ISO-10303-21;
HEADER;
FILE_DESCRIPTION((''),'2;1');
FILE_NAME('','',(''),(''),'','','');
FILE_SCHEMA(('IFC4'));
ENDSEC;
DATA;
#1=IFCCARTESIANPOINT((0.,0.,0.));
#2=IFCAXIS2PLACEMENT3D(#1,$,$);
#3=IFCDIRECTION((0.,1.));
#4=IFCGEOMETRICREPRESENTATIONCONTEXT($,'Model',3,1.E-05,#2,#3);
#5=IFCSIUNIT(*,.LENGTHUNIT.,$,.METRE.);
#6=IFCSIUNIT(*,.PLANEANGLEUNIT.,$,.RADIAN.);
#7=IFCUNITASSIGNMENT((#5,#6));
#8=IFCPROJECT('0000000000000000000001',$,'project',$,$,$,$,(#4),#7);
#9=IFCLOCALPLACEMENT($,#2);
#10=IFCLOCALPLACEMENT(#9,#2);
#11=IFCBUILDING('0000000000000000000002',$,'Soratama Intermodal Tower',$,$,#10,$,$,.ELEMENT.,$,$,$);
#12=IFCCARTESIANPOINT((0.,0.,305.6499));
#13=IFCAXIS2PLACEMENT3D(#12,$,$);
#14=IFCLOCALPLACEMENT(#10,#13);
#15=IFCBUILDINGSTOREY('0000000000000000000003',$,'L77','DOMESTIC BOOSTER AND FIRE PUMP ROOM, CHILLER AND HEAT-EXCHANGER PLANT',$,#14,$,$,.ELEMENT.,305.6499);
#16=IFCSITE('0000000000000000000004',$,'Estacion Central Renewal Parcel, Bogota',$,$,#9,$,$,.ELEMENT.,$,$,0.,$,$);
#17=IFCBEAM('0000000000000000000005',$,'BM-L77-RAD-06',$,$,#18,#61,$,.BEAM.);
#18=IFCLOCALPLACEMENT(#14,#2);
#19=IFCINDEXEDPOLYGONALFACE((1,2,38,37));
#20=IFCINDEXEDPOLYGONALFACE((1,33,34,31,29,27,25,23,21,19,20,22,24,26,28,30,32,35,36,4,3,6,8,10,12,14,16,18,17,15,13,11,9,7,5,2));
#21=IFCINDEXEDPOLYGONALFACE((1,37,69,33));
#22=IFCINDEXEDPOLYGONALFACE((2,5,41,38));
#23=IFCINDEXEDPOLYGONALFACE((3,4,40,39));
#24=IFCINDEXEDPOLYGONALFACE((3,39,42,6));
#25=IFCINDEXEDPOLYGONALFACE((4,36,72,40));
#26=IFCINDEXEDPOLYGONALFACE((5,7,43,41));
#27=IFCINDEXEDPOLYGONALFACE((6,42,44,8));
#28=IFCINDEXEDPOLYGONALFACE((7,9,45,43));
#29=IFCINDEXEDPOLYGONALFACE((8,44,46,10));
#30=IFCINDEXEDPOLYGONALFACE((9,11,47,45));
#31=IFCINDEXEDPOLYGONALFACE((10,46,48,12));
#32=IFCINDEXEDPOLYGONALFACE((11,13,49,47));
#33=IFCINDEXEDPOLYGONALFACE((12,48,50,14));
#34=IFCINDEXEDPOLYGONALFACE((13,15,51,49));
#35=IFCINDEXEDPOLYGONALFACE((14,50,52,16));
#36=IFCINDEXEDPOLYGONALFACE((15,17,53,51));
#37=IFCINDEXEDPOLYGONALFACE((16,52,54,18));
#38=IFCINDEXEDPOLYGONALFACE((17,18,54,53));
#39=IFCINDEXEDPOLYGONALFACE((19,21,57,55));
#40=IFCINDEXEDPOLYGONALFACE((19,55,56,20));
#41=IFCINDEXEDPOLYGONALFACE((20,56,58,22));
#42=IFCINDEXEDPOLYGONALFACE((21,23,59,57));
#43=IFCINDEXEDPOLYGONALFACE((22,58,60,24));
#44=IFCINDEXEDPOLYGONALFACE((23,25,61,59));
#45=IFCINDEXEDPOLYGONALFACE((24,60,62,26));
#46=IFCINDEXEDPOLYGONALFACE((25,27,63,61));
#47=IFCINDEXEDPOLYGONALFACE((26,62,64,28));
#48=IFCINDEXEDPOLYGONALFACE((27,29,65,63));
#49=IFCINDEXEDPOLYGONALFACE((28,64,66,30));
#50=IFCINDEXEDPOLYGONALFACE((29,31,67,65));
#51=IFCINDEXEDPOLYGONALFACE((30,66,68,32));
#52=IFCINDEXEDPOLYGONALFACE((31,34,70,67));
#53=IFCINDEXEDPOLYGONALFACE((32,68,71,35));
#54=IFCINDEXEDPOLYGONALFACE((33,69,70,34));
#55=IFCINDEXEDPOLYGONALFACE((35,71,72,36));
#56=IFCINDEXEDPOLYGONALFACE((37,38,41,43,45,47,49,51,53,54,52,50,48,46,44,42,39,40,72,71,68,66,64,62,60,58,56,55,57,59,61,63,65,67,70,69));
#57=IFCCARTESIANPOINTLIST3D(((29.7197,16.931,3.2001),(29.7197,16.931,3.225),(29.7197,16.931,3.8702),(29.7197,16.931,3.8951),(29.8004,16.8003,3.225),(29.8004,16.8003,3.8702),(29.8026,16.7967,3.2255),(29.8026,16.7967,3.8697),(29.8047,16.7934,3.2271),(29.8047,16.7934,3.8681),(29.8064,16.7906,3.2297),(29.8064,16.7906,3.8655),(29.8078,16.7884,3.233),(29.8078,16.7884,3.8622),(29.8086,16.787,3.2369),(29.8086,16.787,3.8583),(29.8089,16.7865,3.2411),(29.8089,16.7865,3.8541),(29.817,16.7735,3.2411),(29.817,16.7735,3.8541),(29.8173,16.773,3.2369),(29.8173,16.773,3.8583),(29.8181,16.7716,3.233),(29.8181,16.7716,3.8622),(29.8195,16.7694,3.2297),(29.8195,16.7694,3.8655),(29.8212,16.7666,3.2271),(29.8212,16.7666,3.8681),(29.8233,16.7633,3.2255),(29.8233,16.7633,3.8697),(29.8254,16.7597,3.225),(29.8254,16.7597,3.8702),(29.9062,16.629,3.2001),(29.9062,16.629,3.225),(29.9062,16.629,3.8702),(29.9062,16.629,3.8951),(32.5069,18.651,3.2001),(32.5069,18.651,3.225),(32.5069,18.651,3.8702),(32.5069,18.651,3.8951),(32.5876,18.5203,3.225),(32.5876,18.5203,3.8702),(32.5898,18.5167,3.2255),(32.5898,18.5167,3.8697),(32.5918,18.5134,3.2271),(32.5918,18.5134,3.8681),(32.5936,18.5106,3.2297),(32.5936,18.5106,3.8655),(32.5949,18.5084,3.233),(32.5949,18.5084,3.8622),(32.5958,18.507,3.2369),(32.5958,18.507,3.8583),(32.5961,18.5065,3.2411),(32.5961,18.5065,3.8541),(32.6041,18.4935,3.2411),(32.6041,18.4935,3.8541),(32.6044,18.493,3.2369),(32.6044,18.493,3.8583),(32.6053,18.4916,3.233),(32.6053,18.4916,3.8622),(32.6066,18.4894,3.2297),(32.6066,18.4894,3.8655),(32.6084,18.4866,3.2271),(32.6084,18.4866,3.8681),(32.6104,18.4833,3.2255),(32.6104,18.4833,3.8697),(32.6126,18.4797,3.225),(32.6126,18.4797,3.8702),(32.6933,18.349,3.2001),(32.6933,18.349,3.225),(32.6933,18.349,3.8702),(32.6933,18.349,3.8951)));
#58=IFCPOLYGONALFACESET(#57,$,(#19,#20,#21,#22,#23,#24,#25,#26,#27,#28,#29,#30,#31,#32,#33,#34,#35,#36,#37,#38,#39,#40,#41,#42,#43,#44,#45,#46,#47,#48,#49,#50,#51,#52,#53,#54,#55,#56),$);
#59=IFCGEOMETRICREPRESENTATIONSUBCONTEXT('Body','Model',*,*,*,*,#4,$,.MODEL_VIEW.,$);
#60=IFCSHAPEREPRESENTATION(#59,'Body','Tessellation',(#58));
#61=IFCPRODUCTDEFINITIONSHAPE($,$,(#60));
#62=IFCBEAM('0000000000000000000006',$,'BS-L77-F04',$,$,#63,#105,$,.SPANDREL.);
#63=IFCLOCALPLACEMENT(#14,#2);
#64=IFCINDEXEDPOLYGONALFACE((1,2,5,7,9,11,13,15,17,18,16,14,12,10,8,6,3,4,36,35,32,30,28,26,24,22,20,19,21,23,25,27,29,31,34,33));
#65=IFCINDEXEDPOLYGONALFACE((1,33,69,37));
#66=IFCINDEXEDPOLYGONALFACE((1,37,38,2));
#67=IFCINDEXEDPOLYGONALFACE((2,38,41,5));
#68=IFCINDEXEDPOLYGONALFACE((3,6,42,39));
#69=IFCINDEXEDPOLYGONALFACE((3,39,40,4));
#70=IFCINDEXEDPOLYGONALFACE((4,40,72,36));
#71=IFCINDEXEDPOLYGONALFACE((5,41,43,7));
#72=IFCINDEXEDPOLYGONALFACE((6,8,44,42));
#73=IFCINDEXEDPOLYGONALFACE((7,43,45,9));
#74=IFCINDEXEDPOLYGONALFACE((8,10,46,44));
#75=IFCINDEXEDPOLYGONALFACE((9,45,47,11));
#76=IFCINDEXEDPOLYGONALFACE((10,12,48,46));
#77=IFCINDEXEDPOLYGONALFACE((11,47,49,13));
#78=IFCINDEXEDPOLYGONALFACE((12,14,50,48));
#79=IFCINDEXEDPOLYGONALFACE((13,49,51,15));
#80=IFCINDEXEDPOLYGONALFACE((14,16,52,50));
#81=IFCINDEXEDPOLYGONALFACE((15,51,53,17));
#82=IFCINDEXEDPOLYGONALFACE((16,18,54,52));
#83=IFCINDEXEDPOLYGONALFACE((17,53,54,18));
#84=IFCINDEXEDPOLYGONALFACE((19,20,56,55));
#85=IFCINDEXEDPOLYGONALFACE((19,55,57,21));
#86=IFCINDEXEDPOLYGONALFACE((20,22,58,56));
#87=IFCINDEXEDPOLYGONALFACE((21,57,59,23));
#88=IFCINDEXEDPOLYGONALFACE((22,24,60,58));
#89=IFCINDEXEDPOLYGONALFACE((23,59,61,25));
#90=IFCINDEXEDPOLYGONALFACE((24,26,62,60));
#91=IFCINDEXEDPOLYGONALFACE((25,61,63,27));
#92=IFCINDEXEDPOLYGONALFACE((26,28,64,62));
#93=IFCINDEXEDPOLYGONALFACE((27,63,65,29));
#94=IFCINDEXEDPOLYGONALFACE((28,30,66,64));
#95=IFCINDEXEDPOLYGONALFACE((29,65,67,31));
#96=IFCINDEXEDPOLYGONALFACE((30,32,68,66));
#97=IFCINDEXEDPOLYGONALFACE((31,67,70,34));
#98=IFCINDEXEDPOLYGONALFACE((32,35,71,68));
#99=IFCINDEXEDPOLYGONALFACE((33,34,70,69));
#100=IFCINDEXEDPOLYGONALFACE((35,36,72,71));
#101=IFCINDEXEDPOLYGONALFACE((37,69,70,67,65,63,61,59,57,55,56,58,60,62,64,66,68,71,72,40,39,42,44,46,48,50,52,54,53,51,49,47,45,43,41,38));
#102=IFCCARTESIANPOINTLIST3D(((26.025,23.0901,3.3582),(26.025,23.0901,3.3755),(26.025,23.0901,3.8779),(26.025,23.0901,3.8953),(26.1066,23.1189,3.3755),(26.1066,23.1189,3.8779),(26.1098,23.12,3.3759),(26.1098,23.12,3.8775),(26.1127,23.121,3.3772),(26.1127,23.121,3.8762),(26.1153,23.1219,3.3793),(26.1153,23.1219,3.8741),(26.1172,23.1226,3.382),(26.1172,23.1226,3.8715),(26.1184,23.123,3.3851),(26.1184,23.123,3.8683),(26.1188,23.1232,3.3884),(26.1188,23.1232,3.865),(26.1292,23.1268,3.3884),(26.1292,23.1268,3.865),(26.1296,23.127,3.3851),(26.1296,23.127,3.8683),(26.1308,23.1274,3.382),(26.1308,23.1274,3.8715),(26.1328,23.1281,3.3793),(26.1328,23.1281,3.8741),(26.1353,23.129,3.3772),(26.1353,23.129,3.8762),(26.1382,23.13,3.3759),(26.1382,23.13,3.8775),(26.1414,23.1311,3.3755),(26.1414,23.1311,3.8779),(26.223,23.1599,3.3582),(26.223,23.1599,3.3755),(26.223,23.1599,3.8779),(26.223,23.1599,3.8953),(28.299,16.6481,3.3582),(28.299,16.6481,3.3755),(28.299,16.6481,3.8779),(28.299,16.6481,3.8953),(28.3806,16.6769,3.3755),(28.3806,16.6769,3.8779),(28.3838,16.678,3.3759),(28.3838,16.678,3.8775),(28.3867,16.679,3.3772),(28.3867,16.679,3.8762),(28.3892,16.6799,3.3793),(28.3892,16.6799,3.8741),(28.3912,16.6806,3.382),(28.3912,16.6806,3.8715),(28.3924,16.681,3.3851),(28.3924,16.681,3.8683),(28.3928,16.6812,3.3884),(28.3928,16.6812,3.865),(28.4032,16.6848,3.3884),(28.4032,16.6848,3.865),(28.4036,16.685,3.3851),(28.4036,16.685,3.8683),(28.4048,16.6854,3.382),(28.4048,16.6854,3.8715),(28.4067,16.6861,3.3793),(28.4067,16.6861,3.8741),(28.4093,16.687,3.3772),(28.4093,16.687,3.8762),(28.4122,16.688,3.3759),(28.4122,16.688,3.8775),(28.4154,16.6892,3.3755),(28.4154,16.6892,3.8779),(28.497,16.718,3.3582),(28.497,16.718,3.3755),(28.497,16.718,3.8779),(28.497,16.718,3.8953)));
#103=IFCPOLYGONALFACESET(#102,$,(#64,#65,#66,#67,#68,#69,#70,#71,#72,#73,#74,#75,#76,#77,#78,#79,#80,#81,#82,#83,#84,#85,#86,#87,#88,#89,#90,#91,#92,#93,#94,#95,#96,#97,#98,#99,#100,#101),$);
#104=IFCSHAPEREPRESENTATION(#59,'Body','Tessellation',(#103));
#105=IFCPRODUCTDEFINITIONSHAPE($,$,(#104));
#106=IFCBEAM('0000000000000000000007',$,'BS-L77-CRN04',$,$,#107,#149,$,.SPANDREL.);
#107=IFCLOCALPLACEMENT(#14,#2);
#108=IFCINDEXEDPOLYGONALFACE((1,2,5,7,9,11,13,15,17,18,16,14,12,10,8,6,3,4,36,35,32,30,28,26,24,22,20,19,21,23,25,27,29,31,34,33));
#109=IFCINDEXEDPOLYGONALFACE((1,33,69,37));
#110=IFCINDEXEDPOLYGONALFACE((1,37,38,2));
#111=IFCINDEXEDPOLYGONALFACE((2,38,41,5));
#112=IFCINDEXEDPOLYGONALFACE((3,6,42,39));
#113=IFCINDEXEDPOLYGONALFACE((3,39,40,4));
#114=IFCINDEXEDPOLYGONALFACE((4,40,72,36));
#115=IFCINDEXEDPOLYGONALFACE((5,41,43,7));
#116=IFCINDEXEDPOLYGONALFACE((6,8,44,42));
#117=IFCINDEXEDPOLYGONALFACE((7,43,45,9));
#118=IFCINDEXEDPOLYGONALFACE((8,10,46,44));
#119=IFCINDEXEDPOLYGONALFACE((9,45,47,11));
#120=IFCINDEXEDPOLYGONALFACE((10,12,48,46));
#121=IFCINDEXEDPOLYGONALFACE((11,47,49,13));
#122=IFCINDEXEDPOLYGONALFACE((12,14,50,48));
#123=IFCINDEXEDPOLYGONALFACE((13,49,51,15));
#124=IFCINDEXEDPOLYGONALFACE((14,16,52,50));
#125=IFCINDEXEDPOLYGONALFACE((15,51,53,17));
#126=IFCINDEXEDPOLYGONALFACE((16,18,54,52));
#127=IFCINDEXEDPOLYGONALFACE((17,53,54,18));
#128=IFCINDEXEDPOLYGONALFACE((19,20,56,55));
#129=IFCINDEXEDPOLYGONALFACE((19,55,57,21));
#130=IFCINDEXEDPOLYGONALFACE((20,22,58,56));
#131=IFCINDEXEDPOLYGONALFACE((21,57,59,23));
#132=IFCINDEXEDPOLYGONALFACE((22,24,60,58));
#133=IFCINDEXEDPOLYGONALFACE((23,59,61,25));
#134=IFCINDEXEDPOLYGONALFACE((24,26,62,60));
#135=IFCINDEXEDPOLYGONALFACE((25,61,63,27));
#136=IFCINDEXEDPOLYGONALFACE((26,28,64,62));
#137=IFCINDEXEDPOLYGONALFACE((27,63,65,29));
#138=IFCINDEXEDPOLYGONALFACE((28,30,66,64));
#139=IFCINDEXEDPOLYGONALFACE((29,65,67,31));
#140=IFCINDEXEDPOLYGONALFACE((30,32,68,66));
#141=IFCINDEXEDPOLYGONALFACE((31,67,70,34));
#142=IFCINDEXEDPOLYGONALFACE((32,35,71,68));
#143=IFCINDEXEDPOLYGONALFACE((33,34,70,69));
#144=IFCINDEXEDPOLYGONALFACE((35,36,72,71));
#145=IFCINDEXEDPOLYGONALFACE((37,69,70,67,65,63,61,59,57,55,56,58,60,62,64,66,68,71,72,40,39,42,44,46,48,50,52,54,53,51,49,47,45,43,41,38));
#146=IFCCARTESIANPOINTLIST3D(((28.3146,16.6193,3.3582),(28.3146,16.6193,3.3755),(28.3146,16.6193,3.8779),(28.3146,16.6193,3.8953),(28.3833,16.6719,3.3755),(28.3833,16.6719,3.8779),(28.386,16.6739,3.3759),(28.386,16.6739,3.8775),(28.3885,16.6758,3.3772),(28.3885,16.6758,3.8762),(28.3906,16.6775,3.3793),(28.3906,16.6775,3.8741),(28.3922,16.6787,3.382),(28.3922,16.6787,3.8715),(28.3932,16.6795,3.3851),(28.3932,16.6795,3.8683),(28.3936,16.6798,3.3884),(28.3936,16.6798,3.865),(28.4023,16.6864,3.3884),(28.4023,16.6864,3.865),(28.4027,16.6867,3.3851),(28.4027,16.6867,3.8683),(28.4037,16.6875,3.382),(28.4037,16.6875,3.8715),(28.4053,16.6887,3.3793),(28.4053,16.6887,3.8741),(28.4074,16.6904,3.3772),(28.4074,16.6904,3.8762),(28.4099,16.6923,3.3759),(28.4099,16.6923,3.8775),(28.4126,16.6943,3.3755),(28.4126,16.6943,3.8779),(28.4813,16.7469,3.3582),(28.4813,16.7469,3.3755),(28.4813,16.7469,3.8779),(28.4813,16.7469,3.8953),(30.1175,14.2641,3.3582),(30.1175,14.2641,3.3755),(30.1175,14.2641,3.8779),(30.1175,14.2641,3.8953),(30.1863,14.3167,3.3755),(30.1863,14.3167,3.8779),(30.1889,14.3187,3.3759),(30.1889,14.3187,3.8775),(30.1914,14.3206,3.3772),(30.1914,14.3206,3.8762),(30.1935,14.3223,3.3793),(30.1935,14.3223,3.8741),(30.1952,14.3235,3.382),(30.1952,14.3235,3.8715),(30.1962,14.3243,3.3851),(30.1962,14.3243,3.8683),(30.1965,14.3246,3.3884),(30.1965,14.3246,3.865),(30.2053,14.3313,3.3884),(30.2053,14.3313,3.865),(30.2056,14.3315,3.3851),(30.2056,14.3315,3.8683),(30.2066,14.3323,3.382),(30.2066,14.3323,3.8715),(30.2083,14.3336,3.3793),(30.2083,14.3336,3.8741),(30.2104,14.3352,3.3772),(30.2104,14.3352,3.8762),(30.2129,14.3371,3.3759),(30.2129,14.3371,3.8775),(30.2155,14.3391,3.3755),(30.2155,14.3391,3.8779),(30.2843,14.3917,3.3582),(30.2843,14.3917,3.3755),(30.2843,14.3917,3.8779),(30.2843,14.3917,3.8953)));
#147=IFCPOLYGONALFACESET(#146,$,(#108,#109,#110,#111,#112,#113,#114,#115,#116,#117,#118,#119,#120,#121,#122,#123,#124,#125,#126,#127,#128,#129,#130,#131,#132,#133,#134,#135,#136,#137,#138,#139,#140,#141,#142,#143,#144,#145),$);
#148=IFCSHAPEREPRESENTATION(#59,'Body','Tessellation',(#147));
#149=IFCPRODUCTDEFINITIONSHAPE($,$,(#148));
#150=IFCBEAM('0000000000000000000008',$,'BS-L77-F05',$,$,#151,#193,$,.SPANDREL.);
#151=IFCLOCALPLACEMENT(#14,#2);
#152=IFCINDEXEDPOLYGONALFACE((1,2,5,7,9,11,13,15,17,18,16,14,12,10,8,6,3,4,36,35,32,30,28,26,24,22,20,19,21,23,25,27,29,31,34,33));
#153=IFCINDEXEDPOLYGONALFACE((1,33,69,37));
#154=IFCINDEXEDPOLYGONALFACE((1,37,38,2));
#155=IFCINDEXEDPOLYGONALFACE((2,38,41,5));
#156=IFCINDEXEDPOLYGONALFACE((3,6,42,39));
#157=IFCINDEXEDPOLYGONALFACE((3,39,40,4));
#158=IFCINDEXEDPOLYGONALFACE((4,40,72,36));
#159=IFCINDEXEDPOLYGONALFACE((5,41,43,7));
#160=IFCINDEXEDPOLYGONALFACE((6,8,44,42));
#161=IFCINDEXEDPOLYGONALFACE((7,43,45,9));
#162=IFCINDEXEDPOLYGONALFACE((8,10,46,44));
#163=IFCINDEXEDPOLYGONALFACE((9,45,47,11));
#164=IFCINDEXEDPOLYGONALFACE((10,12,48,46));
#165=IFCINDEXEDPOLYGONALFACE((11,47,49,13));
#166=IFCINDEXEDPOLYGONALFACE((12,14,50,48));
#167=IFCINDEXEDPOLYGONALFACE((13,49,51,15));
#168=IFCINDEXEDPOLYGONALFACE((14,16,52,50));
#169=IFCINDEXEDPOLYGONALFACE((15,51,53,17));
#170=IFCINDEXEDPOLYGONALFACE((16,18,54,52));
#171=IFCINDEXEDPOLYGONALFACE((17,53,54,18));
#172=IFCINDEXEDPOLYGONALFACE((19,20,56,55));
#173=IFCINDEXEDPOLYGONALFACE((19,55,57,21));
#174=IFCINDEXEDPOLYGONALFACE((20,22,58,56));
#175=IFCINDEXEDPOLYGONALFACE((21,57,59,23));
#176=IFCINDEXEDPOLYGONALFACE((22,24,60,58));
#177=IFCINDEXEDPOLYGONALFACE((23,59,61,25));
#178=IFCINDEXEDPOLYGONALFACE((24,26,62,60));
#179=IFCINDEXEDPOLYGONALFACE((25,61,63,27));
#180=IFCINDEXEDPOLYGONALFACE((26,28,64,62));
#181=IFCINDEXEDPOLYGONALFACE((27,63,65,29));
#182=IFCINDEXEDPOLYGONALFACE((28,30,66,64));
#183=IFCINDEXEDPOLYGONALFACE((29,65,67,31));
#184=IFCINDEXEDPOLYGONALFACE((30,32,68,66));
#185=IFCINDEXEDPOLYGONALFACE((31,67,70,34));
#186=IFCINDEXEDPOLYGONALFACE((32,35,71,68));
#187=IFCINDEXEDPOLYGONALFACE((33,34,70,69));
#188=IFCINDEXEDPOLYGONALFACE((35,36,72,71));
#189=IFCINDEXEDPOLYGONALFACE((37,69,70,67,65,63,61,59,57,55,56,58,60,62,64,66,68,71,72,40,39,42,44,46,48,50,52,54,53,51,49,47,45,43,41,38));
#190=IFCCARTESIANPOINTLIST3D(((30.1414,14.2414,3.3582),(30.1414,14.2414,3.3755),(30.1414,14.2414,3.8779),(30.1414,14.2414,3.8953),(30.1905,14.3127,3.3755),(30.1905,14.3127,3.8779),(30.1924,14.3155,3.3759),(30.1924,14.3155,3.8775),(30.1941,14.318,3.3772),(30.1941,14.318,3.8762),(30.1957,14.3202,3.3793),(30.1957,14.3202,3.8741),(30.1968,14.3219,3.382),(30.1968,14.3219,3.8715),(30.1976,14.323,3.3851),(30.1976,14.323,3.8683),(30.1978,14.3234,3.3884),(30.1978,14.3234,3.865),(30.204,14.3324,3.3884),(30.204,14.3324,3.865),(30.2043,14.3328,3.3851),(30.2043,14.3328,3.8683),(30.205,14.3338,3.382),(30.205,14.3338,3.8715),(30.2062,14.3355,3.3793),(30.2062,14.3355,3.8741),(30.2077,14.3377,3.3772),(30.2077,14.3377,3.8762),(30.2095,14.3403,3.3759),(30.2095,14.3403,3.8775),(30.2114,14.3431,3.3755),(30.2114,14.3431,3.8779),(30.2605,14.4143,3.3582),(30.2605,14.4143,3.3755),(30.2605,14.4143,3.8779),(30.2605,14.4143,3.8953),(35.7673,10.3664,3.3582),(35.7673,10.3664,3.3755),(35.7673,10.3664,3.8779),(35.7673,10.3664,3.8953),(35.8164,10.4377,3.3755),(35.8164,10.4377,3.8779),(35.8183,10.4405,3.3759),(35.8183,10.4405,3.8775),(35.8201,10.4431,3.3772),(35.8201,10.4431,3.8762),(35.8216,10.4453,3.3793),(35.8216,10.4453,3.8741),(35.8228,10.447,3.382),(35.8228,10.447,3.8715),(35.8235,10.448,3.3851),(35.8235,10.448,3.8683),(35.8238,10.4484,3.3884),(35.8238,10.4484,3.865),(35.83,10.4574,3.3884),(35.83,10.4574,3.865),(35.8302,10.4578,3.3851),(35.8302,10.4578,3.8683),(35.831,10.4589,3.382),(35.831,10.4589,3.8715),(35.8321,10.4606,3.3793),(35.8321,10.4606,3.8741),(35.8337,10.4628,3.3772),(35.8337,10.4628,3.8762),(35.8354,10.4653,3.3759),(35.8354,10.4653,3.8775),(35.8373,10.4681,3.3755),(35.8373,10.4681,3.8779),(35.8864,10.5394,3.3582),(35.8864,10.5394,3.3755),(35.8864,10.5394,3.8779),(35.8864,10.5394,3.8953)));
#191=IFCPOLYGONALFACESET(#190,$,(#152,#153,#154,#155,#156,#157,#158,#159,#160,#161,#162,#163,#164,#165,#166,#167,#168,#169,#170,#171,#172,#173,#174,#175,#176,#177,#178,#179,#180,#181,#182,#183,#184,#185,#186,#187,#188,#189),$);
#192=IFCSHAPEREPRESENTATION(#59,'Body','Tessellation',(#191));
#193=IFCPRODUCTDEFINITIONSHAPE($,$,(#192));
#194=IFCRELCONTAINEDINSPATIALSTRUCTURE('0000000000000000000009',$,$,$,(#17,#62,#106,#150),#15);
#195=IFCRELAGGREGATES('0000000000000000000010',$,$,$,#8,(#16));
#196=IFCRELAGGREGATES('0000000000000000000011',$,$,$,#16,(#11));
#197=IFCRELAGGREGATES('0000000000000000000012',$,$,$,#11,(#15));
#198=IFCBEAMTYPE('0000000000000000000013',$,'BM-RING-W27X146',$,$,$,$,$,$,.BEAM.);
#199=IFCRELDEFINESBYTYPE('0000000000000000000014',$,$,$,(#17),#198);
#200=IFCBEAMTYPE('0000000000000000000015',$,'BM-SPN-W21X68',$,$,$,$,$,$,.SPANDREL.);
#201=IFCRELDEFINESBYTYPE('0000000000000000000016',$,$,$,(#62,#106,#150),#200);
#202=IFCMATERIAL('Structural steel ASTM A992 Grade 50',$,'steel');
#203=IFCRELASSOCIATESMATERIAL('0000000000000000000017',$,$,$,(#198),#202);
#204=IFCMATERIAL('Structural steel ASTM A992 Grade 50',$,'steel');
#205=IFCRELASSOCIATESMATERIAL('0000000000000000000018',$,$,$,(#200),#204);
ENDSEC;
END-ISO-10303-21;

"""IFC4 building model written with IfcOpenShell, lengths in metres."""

from ifc_helpers import new_model, si_unit, direction, frame, origin, origin_2d, place, context, subcontext, project, spatial, i_section, extrude, material, material_profile, profile_set, type_object, element, save


model = new_model("IFC4")

# Units and contexts
model_context = context("Model", 3, precision=1e-05, world=origin(), true_north=direction((0.0, 1.0)))
body_context = subcontext(model_context, "Body", "Model", "MODEL_VIEW")
ifc_project = project(units=[si_unit("LENGTHUNIT", "METRE"), si_unit("PLANEANGLEUNIT", "RADIAN")], contexts=[model_context])

# Site, building, storey
site_placement = place(None, origin())
site = spatial("IfcSite", under=ifc_project, at=site_placement, Name="Estacion Central Renewal Parcel, Bogota", CompositionType="ELEMENT", RefElevation=0.0)
building_placement = place(site_placement, origin())
building = spatial("IfcBuilding", under=site, at=building_placement, Name="Soratama Intermodal Tower", CompositionType="ELEMENT")
storey_placement = place(building_placement, frame((0.0, 0.0, 305.6499)))
storey = spatial("IfcBuildingStorey", under=building, at=storey_placement, Name="L77", Description="DOMESTIC BOOSTER AND FIRE PUMP ROOM, CHILLER AND HEAT-EXCHANGER PLANT", CompositionType="ELEMENT", Elevation=305.6499)

# Beams
ifc_material_1 = material(Name="Structural steel ASTM A992 Grade 50", Category="steel")
ifc_material_profile_1 = material_profile(ifc_material_1, i_section(OverallWidth=0.355, OverallDepth=0.6951, WebThickness=0.0154, FlangeThickness=0.0249, FilletRadius=0.0161, at=origin_2d()), Name="W27X146")
ifc_profile_set_1 = profile_set([ifc_material_profile_1], Name="Structural steel ASTM A992 Grade 50")
beam_type_1 = type_object("IfcBeamType", Name="BM-RING-W27X146", PredefinedType="BEAM", material=ifc_profile_set_1)
beam_1_placement = place(storey_placement, frame((32.6001, 18.5, 3.5476), z_axis=(-0.851, -0.525166, 0.0), x_axis=(0.525166, -0.851, 0.0)))
element("IfcBeam", 1, at=beam_1_placement, inside=storey, type_object=beam_type_1, Name="BM-L77-RAD-06", PredefinedType="BEAM", context=body_context, shape_type="SweptSolid", body=[
    extrude(i_section(OverallWidth=0.355, OverallDepth=0.6951, WebThickness=0.0154, FlangeThickness=0.0249, FilletRadius=0.0161, at=origin_2d()), origin(), (0.0, 0.0, 1.0), 3.2751),
])
ifc_material_2 = material(Name="Structural steel ASTM A992 Grade 50", Category="steel")
ifc_material_profile_2 = material_profile(ifc_material_2, i_section(OverallWidth=0.21, OverallDepth=0.5371, WebThickness=0.011, FlangeThickness=0.0173, FilletRadius=0.0129, at=origin_2d()), Name="W21X68")
ifc_profile_set_2 = profile_set([ifc_material_profile_2], Name="Structural steel ASTM A992 Grade 50")
beam_type_2 = type_object("IfcBeamType", Name="BM-SPN-W21X68", PredefinedType="SPANDREL", material=ifc_profile_set_2)
beam_2_placement = place(storey_placement, frame((26.124, 23.125, 3.6267), z_axis=(0.332861, -0.942976, 0.0), x_axis=(0.942976, 0.332861, 0.0)))
element("IfcBeam", 2, at=beam_2_placement, inside=storey, type_object=beam_type_2, Name="BS-L77-F04", PredefinedType="SPANDREL", context=body_context, shape_type="SweptSolid", body=[
    extrude(i_section(OverallWidth=0.21, OverallDepth=0.5371, WebThickness=0.011, FlangeThickness=0.0173, FilletRadius=0.0129, at=origin_2d()), origin(), (0.0, 0.0, 1.0), 6.8315),
])
beam_3_placement = place(storey_placement, frame((28.3979, 16.6831, 3.6267), z_axis=(0.607859, -0.794045, 0.0), x_axis=(0.794045, 0.607859, 0.0)))
element("IfcBeam", 3, at=beam_3_placement, inside=storey, type_object=beam_type_2, Name="BS-L77-CRN04", PredefinedType="SPANDREL", context=body_context, shape_type="SweptSolid", body=[
    extrude(i_section(OverallWidth=0.21, OverallDepth=0.5371, WebThickness=0.011, FlangeThickness=0.0173, FilletRadius=0.0129, at=origin_2d()), origin(), (0.0, 0.0, 1.0), 2.9661),
])
beam_4_placement = place(storey_placement, frame((30.2009, 14.3279, 3.6267), z_axis=(0.823554, -0.567238, 0.0), x_axis=(0.567238, 0.823554, 0.0)))
element("IfcBeam", 4, at=beam_4_placement, inside=storey, type_object=beam_type_2, Name="BS-L77-F05", PredefinedType="SPANDREL", context=body_context, shape_type="SweptSolid", body=[
    extrude(i_section(OverallWidth=0.21, OverallDepth=0.5371, WebThickness=0.011, FlangeThickness=0.0173, FilletRadius=0.0129, at=origin_2d()), origin(), (0.0, 0.0, 1.0), 6.8313),
])

save(model, "model.ifc")
